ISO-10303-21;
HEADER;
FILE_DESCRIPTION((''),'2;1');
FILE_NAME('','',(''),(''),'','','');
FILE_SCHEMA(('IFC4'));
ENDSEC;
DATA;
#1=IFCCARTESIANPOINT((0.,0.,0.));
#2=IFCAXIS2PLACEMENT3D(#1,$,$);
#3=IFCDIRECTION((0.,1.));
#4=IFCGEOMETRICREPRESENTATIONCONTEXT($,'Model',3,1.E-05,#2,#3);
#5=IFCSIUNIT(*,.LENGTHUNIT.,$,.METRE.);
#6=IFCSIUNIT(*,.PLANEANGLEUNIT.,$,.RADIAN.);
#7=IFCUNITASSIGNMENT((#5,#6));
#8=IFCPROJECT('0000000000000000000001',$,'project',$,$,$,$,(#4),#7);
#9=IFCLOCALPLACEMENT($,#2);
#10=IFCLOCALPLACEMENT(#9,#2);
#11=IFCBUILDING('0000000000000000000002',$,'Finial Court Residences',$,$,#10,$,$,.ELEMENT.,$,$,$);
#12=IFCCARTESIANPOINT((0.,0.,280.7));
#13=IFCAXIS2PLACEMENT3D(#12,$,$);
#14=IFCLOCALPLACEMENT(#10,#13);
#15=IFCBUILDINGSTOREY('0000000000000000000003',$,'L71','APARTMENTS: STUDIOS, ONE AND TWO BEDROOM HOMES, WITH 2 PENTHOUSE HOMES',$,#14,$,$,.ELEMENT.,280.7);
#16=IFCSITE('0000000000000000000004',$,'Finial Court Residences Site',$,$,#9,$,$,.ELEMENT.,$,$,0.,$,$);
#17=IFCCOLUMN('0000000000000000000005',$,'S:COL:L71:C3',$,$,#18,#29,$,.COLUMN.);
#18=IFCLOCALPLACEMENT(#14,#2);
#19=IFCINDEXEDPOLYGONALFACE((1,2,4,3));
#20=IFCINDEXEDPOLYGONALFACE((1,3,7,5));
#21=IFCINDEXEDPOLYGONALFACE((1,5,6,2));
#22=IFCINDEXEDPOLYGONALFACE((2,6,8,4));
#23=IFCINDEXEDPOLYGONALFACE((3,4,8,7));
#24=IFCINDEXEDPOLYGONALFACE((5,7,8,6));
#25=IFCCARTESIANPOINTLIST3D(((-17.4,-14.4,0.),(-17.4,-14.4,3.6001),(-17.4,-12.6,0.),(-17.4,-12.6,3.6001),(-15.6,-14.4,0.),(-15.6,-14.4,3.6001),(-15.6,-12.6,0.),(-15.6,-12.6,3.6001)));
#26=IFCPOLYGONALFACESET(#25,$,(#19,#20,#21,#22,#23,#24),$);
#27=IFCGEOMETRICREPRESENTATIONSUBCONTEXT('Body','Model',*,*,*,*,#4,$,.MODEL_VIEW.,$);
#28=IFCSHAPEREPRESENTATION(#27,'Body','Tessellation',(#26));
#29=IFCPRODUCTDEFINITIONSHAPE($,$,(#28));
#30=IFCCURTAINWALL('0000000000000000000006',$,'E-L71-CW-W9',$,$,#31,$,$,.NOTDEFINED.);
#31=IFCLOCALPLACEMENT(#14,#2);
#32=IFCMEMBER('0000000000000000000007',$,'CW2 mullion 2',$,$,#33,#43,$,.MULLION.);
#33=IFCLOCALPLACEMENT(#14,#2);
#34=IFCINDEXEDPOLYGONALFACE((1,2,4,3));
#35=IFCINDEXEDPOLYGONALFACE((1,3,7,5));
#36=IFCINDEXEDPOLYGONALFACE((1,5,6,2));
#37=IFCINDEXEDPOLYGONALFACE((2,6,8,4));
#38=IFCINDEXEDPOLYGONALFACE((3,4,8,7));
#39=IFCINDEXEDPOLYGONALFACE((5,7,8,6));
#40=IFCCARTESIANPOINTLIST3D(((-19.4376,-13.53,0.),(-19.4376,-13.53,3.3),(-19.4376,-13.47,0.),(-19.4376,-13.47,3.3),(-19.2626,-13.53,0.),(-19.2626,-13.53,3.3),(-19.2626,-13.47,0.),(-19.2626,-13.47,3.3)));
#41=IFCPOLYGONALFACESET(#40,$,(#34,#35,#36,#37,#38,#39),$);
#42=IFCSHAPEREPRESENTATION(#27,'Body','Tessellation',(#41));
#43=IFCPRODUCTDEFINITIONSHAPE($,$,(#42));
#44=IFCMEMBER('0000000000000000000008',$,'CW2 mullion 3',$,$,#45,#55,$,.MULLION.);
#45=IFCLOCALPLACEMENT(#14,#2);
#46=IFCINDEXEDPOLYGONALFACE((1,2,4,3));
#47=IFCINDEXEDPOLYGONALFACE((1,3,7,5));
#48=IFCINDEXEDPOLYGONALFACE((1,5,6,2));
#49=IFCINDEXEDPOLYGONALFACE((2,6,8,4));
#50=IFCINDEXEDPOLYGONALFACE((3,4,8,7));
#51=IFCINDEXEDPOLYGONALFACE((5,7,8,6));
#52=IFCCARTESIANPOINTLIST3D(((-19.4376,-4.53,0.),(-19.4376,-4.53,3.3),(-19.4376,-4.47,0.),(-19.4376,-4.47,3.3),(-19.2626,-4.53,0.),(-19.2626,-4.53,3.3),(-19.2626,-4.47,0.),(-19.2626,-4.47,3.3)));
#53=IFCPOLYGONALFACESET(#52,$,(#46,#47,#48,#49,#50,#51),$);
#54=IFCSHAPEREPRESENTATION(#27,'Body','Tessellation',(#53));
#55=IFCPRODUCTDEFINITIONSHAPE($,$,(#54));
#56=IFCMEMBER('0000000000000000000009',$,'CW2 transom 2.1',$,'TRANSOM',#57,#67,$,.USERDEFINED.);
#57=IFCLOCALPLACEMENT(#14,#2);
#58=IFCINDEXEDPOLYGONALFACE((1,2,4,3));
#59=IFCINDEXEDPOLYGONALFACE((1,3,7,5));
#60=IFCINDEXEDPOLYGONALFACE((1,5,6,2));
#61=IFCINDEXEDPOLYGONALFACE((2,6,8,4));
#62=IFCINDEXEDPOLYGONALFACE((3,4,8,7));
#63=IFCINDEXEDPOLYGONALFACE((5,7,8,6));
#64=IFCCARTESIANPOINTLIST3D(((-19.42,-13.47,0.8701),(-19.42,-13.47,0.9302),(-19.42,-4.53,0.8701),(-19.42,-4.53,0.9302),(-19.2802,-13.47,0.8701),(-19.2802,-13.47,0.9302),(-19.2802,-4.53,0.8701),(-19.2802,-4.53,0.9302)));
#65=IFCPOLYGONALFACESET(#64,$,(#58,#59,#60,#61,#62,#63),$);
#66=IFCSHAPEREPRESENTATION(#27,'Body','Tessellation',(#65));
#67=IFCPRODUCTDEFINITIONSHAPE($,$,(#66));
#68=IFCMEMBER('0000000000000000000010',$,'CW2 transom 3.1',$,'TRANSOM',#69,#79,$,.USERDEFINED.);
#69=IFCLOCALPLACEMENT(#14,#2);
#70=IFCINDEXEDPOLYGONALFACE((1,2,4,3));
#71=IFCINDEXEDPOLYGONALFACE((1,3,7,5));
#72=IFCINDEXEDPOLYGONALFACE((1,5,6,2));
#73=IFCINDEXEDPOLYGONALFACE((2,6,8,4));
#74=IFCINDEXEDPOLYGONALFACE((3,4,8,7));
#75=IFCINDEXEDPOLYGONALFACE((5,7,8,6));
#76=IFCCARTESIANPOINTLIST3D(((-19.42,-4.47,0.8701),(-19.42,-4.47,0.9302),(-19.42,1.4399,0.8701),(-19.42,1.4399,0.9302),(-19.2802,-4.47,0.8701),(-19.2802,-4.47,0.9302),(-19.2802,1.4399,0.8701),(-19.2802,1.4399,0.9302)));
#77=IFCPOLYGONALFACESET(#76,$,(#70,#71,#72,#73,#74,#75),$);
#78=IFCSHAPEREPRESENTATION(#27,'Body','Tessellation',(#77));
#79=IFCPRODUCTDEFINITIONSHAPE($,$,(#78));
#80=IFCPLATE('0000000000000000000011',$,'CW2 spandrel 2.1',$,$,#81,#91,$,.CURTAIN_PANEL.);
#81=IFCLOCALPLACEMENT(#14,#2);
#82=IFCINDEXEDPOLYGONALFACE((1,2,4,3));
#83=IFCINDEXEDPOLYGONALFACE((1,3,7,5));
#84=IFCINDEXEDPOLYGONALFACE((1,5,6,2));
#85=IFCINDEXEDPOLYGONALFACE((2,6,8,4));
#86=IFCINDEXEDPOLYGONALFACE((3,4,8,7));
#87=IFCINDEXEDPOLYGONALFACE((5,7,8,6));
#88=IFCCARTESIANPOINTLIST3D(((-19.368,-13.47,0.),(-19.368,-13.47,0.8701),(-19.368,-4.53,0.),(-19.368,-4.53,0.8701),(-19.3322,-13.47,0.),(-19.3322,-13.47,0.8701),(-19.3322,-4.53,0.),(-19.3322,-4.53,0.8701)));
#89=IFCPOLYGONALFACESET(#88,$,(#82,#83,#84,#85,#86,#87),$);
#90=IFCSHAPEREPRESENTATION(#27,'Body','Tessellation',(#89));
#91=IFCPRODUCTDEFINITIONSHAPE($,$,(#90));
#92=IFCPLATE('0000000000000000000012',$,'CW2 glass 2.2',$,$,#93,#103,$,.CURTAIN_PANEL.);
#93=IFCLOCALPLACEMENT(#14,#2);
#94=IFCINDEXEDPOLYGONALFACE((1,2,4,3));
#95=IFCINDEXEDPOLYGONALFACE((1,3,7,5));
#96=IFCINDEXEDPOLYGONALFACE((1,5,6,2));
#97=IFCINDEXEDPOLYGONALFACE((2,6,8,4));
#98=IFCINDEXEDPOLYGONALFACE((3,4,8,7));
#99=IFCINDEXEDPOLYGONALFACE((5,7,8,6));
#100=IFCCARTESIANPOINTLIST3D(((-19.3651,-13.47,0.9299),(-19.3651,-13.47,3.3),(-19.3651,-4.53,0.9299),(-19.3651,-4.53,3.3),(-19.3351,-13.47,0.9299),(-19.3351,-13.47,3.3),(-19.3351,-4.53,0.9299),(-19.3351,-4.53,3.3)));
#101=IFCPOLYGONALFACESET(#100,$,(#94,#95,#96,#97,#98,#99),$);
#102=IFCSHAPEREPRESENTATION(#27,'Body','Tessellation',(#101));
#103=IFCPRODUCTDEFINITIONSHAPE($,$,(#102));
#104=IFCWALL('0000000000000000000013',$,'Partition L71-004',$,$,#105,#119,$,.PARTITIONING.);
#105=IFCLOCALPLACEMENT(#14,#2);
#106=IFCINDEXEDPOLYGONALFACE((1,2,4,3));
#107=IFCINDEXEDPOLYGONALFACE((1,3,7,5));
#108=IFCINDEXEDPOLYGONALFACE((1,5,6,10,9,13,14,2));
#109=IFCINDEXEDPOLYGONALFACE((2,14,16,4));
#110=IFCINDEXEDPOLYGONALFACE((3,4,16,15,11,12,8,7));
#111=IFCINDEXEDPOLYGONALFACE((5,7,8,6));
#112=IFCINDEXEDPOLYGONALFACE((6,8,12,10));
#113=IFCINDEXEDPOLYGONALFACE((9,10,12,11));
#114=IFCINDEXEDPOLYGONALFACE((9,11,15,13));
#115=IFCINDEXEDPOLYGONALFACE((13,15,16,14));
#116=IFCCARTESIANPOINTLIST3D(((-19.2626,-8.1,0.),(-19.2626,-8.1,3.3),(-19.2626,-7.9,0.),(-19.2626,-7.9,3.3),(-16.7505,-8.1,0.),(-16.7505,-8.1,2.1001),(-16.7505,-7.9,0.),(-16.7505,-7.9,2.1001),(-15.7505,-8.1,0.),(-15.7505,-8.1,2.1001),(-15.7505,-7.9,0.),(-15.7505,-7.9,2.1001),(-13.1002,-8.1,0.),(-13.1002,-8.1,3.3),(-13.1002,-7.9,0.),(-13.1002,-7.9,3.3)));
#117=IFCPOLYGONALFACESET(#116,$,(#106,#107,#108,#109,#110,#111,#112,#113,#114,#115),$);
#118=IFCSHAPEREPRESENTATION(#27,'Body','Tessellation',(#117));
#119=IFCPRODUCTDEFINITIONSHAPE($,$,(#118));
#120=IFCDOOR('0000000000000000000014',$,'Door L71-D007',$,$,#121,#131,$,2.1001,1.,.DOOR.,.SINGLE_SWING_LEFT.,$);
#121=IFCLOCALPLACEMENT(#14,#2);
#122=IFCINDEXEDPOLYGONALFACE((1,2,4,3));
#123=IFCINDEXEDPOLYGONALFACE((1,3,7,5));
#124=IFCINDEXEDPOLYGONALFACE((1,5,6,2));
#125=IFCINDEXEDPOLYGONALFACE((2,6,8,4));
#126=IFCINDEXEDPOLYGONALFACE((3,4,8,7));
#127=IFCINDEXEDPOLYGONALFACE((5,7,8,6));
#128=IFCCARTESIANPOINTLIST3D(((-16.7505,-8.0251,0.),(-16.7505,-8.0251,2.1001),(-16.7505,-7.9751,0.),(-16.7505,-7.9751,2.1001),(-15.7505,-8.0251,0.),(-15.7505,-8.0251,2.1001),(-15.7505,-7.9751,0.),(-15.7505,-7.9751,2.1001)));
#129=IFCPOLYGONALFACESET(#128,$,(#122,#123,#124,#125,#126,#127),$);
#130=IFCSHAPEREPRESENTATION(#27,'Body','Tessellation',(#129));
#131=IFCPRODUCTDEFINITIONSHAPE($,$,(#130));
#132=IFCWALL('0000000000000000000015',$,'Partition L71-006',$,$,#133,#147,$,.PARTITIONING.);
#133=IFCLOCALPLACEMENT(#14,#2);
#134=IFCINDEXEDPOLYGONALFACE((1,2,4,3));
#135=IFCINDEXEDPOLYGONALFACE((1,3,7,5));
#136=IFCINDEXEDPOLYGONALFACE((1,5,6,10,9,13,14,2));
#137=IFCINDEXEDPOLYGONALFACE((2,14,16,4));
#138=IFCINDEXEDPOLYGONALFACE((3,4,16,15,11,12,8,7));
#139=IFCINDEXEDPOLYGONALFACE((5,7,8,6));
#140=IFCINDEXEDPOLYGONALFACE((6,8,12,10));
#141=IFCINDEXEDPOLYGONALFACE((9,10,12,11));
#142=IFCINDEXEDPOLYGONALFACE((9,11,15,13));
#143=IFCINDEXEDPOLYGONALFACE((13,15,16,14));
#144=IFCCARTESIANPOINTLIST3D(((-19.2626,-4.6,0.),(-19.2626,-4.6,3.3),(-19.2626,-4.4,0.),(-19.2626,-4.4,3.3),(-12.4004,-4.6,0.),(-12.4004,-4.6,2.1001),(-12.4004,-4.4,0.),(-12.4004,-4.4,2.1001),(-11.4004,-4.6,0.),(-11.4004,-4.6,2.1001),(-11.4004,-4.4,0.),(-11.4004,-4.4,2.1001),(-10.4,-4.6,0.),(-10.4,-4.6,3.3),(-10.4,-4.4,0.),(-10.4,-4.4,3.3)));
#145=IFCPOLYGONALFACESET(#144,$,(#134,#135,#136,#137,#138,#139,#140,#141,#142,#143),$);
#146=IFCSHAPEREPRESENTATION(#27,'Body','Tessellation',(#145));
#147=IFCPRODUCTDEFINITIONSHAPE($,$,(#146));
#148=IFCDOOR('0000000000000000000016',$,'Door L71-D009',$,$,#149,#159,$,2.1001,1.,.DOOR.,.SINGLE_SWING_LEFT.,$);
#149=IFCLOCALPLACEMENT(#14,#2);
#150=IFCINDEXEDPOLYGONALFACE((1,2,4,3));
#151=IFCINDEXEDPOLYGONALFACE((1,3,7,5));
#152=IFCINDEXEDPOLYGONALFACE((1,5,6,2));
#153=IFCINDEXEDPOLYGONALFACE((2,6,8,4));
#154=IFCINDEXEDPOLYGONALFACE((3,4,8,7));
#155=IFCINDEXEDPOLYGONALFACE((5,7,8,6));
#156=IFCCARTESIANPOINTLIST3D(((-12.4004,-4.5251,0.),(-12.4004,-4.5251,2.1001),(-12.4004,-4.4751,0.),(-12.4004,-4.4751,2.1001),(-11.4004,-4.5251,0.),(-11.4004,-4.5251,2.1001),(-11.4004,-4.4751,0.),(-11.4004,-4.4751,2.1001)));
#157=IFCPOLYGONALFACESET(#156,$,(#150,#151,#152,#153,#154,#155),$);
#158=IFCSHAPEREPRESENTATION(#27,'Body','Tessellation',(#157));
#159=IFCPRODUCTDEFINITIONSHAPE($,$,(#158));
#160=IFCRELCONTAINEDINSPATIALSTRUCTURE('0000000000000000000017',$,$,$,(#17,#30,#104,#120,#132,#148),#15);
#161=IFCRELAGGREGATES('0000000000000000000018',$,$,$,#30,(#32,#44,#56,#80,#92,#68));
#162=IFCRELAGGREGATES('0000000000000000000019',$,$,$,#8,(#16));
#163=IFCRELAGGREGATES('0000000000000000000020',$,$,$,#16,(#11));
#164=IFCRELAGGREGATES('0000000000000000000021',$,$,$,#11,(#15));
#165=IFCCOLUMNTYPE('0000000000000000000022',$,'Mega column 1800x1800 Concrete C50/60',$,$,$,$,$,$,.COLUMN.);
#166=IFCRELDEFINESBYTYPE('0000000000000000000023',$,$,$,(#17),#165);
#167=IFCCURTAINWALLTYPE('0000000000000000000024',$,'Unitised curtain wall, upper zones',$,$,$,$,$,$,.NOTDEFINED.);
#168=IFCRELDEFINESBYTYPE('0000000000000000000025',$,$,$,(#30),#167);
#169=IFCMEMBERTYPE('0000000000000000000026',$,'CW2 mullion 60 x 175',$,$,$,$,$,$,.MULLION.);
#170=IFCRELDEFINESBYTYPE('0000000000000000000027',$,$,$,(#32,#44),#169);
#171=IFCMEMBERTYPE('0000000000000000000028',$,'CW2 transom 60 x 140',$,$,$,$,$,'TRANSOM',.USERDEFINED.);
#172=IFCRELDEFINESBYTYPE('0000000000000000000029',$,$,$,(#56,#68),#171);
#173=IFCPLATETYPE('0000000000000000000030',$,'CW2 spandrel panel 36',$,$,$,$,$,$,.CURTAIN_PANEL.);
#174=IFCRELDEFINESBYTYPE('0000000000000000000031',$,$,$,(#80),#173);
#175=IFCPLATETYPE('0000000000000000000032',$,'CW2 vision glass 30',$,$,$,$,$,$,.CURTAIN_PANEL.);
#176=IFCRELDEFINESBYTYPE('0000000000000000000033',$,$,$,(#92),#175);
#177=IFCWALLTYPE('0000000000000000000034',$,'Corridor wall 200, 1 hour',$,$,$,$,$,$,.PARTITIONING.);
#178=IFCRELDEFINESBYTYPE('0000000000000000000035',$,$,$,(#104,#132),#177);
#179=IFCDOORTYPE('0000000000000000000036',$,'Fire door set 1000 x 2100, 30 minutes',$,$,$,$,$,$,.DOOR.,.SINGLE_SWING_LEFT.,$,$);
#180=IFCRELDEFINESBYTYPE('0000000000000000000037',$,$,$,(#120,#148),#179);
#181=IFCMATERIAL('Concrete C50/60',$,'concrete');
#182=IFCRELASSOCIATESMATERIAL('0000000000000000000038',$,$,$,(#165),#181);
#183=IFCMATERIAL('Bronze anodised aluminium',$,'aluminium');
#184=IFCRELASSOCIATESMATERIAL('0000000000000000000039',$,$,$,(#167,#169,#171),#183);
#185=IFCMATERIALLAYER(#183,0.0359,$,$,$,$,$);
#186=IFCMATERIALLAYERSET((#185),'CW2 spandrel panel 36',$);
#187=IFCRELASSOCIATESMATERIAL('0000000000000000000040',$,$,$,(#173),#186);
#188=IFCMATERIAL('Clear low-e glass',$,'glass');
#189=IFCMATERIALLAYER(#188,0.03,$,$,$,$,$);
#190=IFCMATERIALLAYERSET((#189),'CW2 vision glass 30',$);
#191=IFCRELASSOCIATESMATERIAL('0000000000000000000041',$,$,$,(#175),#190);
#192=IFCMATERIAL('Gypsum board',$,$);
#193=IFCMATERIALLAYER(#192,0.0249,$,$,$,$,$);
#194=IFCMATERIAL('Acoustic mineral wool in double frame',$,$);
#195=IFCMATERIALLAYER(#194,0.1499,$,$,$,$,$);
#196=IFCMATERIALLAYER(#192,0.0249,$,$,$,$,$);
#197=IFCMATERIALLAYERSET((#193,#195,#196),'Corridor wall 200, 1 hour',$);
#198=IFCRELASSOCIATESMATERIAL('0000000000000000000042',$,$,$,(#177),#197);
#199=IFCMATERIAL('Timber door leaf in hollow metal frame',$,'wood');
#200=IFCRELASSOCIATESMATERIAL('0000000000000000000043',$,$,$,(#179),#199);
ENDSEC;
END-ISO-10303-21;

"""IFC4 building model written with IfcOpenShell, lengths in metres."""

from ifc_helpers import new_model, si_unit, direction, frame, frame_2d, origin, origin_2d, place, context, subcontext, project, spatial, rectangle, extrude, material, layer, layer_set, material_profile, profile_set, type_object, element, fill, aggregate, save


model = new_model("IFC4")

# Units and contexts
model_context = context("Model", 3, precision=1e-05, world=origin(), true_north=direction((0.0, 1.0)))
body_context = subcontext(model_context, "Body", "Model", "MODEL_VIEW")
ifc_project = project(units=[si_unit("LENGTHUNIT", "METRE"), si_unit("PLANEANGLEUNIT", "RADIAN")], contexts=[model_context])

# Site, building, storey
site_placement = place(None, origin())
site = spatial("IfcSite", under=ifc_project, at=site_placement, Name="Finial Court Residences Site", CompositionType="ELEMENT", RefElevation=0.0)
building_placement = place(site_placement, origin())
building = spatial("IfcBuilding", under=site, at=building_placement, Name="Finial Court Residences", CompositionType="ELEMENT")
storey_placement = place(building_placement, frame((0.0, 0.0, 280.7)))
storey = spatial("IfcBuildingStorey", under=building, at=storey_placement, Name="L71", Description="APARTMENTS: STUDIOS, ONE AND TWO BEDROOM HOMES, WITH 2 PENTHOUSE HOMES", CompositionType="ELEMENT", Elevation=280.7)

# Column
ifc_material_1 = material(Name="Concrete C50/60", Category="concrete")
ifc_material_profile_1 = material_profile(ifc_material_1, rectangle(XDim=1.8, YDim=1.8, at=origin_2d()), Name="1800x1800")
ifc_profile_set_1 = profile_set([ifc_material_profile_1], Name="Concrete C50/60")
column_type = type_object("IfcColumnType", Name="Mega column 1800x1800 Concrete C50/60", PredefinedType="COLUMN", material=ifc_profile_set_1)
column_placement = place(storey_placement, frame((-16.5, -13.5, 0.0), z_axis=(0.0, 0.0, 1.0), x_axis=(1.0, 0.0, 0.0)))
element("IfcColumn", 1, at=column_placement, inside=storey, type_object=column_type, Name="S:COL:L71:C3", PredefinedType="COLUMN", context=body_context, shape_type="SweptSolid", body=[
    extrude(rectangle(XDim=1.8, YDim=1.8, at=origin_2d()), origin(), (0.0, 0.0, 1.0), 3.6001),
])

# Curtain wall, members, plates
ifc_material_2 = material(Name="Bronze anodised aluminium", Category="aluminium")
curtain_wall_type = type_object("IfcCurtainWallType", Name="Unitised curtain wall, upper zones", PredefinedType="NOTDEFINED", material=ifc_material_2)
curtain_wall_placement = place(storey_placement, origin())
curtain_wall = element("IfcCurtainWall", 2, at=curtain_wall_placement, inside=storey, type_object=curtain_wall_type, Name="E-L71-CW-W9", PredefinedType="NOTDEFINED")
ifc_material_profile_2 = material_profile(ifc_material_2, rectangle(XDim=0.175, YDim=0.0601, at=origin_2d()), Name="CW2 mullion 60 x 175")
ifc_profile_set_2 = profile_set([ifc_material_profile_2], Name="Bronze anodised aluminium")
member_type_1 = type_object("IfcMemberType", Name="CW2 mullion 60 x 175", PredefinedType="MULLION", material=ifc_profile_set_2)
member_1_placement = place(storey_placement, frame((-19.3501, -13.5, 0.0), z_axis=(0.0, 0.0, 1.0), x_axis=(-1.0, 0.0, 0.0)))
member_1 = element("IfcMember", 3, at=member_1_placement, type_object=member_type_1, Name="CW2 mullion 2", PredefinedType="MULLION", context=body_context, shape_type="SweptSolid", body=[
    extrude(rectangle(XDim=0.175, YDim=0.0601, at=origin_2d()), origin(), (0.0, 0.0, 1.0), 3.3),
])
member_2_placement = place(storey_placement, frame((-19.3501, -4.5, 0.0), z_axis=(0.0, 0.0, 1.0), x_axis=(-1.0, 0.0, 0.0)))
member_2 = element("IfcMember", 4, at=member_2_placement, type_object=member_type_1, Name="CW2 mullion 3", PredefinedType="MULLION", context=body_context, shape_type="SweptSolid", body=[
    extrude(rectangle(XDim=0.175, YDim=0.0601, at=origin_2d()), origin(), (0.0, 0.0, 1.0), 3.3),
])
ifc_material_profile_3 = material_profile(ifc_material_2, rectangle(XDim=0.1399, YDim=0.0601, at=origin_2d()), Name="CW2 transom 60 x 140")
ifc_profile_set_3 = profile_set([ifc_material_profile_3], Name="Bronze anodised aluminium")
member_type_2 = type_object("IfcMemberType", Name="CW2 transom 60 x 140", ElementType="TRANSOM", PredefinedType="USERDEFINED", material=ifc_profile_set_3)
member_3_placement = place(storey_placement, frame((-19.3501, -13.47, 0.9001), z_axis=(0.0, 1.0, 0.0), x_axis=(-1.0, 0.0, 0.0)))
member_3 = element("IfcMember", 5, at=member_3_placement, type_object=member_type_2, Name="CW2 transom 2.1", ObjectType="TRANSOM", PredefinedType="USERDEFINED", context=body_context, shape_type="SweptSolid", body=[
    extrude(rectangle(XDim=0.1399, YDim=0.0601, at=origin_2d()), origin(), (0.0, 0.0, 1.0), 8.9399),
])
member_4_placement = place(storey_placement, frame((-19.3501, -4.47, 0.9001), z_axis=(0.0, 1.0, 0.0), x_axis=(-1.0, 0.0, 0.0)))
member_4 = element("IfcMember", 6, at=member_4_placement, type_object=member_type_2, Name="CW2 transom 3.1", ObjectType="TRANSOM", PredefinedType="USERDEFINED", context=body_context, shape_type="SweptSolid", body=[
    extrude(rectangle(XDim=0.1399, YDim=0.0601, at=origin_2d()), origin(), (0.0, 0.0, 1.0), 5.9099),
])
ifc_layer_1 = layer(ifc_material_2, 0.0359)
ifc_layer_set_1 = layer_set([ifc_layer_1], Name="CW2 spandrel panel 36")
plate_type_1 = type_object("IfcPlateType", Name="CW2 spandrel panel 36", PredefinedType="CURTAIN_PANEL", material=ifc_layer_set_1)
plate_1_placement = place(storey_placement, frame((-19.3501, -9.0, 0.0), z_axis=(0.0, 0.0, 1.0), x_axis=(0.0, 1.0, 0.0)))
plate_1 = element("IfcPlate", 7, at=plate_1_placement, type_object=plate_type_1, Name="CW2 spandrel 2.1", PredefinedType="CURTAIN_PANEL", context=body_context, shape_type="SweptSolid", body=[
    extrude(rectangle(XDim=8.9399, YDim=0.0359, at=origin_2d()), origin(), (0.0, 0.0, 1.0), 0.8701),
])
ifc_material_3 = material(Name="Clear low-e glass", Category="glass")
ifc_layer_2 = layer(ifc_material_3, 0.03)
ifc_layer_set_2 = layer_set([ifc_layer_2], Name="CW2 vision glass 30")
plate_type_2 = type_object("IfcPlateType", Name="CW2 vision glass 30", PredefinedType="CURTAIN_PANEL", material=ifc_layer_set_2)
plate_2_placement = place(storey_placement, frame((-19.3501, -9.0, 0.9299), z_axis=(0.0, 0.0, 1.0), x_axis=(0.0, 1.0, 0.0)))
plate_2 = element("IfcPlate", 8, at=plate_2_placement, type_object=plate_type_2, Name="CW2 glass 2.2", PredefinedType="CURTAIN_PANEL", context=body_context, shape_type="SweptSolid", body=[
    extrude(rectangle(XDim=8.9399, YDim=0.03, at=origin_2d()), origin(), (0.0, 0.0, 1.0), 2.3701),
])
aggregate(curtain_wall, [member_1, member_2, member_3, plate_1, plate_2, member_4])

# Walls, openings, doors
ifc_material_4 = material(Name="Gypsum board")
ifc_layer_3 = layer(ifc_material_4, 0.0249)
ifc_material_5 = material(Name="Acoustic mineral wool in double frame")
ifc_layer_4 = layer(ifc_material_5, 0.1499)
ifc_layer_5 = layer(ifc_material_4, 0.0249)
ifc_layer_set_3 = layer_set([ifc_layer_3, ifc_layer_4, ifc_layer_5], Name="Corridor wall 200, 1 hour")
wall_type_1 = type_object("IfcWallType", Name="Corridor wall 200, 1 hour", PredefinedType="PARTITIONING", material=ifc_layer_set_3)
wall_1_placement = place(storey_placement, frame((-19.2625, -8.0, 0.0), z_axis=(0.0, 0.0, 1.0), x_axis=(1.0, 0.0, 0.0)))
wall_1 = element("IfcWall", 9, at=wall_1_placement, inside=storey, type_object=wall_type_1, Name="Partition L71-004", PredefinedType="PARTITIONING", context=body_context, shape_type="SweptSolid", body=[
    extrude(rectangle(XDim=6.1624, YDim=0.2, at=frame_2d((3.0811, 0.0))), origin(), (0.0, 0.0, 1.0), 3.3),
])
opening_1_placement = place(wall_1_placement, frame((2.512, 0.0, 0.0)))
opening_1 = element("IfcOpeningElement", 10, at=opening_1_placement, cuts=wall_1, PredefinedType="OPENING", context=body_context, shape_type="SweptSolid", body=[
    extrude(rectangle(XDim=1.0, YDim=2.1001, at=frame_2d((0.5, 1.05))), frame((0.0, 0.1099, 0.0), z_axis=(0.0, -1.0, 0.0), x_axis=(1.0, 0.0, 0.0)), (0.0, 0.0, 1.0), 0.22),
])
ifc_material_6 = material(Name="Timber door leaf in hollow metal frame", Category="wood")
door_type_1 = type_object("IfcDoorType", Name="Fire door set 1000 x 2100, 30 minutes", OperationType="SINGLE_SWING_LEFT", PredefinedType="DOOR", material=ifc_material_6)
door_1_placement = place(opening_1_placement, origin())
door_1 = element("IfcDoor", 11, at=door_1_placement, inside=storey, type_object=door_type_1, Name="Door L71-D007", OperationType="SINGLE_SWING_LEFT", OverallHeight=2.1001, OverallWidth=1.0, PredefinedType="DOOR", context=body_context, shape_type="SweptSolid", body=[
    extrude(rectangle(XDim=1.0, YDim=2.1001, at=frame_2d((0.5, 1.05))), frame((0.0, 0.0249, 0.0), z_axis=(0.0, -1.0, 0.0), x_axis=(1.0, 0.0, 0.0)), (0.0, 0.0, 1.0), 0.05),
])
fill(opening_1, door_1)
wall_2_placement = place(storey_placement, frame((-19.2625, -4.5, 0.0), z_axis=(0.0, 0.0, 1.0), x_axis=(1.0, 0.0, 0.0)))
wall_2 = element("IfcWall", 12, at=wall_2_placement, inside=storey, type_object=wall_type_1, Name="Partition L71-006", PredefinedType="PARTITIONING", context=body_context, shape_type="SweptSolid", body=[
    extrude(rectangle(XDim=8.8625, YDim=0.2, at=frame_2d((4.4312, 0.0))), origin(), (0.0, 0.0, 1.0), 3.3),
])
opening_2_placement = place(wall_2_placement, frame((6.8621, 0.0, 0.0)))
opening_2 = element("IfcOpeningElement", 13, at=opening_2_placement, cuts=wall_2, PredefinedType="OPENING", context=body_context, shape_type="SweptSolid", body=[
    extrude(rectangle(XDim=1.0, YDim=2.1001, at=frame_2d((0.5, 1.05))), frame((0.0, 0.1099, 0.0), z_axis=(0.0, -1.0, 0.0), x_axis=(1.0, 0.0, 0.0)), (0.0, 0.0, 1.0), 0.22),
])
door_2_placement = place(opening_2_placement, origin())
door_2 = element("IfcDoor", 14, at=door_2_placement, inside=storey, type_object=door_type_1, Name="Door L71-D009", OperationType="SINGLE_SWING_LEFT", OverallHeight=2.1001, OverallWidth=1.0, PredefinedType="DOOR", context=body_context, shape_type="SweptSolid", body=[
    extrude(rectangle(XDim=1.0, YDim=2.1001, at=frame_2d((0.5, 1.05))), frame((0.0, 0.0249, 0.0), z_axis=(0.0, -1.0, 0.0), x_axis=(1.0, 0.0, 0.0)), (0.0, 0.0, 1.0), 0.05),
])
fill(opening_2, door_2)

save(model, "model.ifc")
